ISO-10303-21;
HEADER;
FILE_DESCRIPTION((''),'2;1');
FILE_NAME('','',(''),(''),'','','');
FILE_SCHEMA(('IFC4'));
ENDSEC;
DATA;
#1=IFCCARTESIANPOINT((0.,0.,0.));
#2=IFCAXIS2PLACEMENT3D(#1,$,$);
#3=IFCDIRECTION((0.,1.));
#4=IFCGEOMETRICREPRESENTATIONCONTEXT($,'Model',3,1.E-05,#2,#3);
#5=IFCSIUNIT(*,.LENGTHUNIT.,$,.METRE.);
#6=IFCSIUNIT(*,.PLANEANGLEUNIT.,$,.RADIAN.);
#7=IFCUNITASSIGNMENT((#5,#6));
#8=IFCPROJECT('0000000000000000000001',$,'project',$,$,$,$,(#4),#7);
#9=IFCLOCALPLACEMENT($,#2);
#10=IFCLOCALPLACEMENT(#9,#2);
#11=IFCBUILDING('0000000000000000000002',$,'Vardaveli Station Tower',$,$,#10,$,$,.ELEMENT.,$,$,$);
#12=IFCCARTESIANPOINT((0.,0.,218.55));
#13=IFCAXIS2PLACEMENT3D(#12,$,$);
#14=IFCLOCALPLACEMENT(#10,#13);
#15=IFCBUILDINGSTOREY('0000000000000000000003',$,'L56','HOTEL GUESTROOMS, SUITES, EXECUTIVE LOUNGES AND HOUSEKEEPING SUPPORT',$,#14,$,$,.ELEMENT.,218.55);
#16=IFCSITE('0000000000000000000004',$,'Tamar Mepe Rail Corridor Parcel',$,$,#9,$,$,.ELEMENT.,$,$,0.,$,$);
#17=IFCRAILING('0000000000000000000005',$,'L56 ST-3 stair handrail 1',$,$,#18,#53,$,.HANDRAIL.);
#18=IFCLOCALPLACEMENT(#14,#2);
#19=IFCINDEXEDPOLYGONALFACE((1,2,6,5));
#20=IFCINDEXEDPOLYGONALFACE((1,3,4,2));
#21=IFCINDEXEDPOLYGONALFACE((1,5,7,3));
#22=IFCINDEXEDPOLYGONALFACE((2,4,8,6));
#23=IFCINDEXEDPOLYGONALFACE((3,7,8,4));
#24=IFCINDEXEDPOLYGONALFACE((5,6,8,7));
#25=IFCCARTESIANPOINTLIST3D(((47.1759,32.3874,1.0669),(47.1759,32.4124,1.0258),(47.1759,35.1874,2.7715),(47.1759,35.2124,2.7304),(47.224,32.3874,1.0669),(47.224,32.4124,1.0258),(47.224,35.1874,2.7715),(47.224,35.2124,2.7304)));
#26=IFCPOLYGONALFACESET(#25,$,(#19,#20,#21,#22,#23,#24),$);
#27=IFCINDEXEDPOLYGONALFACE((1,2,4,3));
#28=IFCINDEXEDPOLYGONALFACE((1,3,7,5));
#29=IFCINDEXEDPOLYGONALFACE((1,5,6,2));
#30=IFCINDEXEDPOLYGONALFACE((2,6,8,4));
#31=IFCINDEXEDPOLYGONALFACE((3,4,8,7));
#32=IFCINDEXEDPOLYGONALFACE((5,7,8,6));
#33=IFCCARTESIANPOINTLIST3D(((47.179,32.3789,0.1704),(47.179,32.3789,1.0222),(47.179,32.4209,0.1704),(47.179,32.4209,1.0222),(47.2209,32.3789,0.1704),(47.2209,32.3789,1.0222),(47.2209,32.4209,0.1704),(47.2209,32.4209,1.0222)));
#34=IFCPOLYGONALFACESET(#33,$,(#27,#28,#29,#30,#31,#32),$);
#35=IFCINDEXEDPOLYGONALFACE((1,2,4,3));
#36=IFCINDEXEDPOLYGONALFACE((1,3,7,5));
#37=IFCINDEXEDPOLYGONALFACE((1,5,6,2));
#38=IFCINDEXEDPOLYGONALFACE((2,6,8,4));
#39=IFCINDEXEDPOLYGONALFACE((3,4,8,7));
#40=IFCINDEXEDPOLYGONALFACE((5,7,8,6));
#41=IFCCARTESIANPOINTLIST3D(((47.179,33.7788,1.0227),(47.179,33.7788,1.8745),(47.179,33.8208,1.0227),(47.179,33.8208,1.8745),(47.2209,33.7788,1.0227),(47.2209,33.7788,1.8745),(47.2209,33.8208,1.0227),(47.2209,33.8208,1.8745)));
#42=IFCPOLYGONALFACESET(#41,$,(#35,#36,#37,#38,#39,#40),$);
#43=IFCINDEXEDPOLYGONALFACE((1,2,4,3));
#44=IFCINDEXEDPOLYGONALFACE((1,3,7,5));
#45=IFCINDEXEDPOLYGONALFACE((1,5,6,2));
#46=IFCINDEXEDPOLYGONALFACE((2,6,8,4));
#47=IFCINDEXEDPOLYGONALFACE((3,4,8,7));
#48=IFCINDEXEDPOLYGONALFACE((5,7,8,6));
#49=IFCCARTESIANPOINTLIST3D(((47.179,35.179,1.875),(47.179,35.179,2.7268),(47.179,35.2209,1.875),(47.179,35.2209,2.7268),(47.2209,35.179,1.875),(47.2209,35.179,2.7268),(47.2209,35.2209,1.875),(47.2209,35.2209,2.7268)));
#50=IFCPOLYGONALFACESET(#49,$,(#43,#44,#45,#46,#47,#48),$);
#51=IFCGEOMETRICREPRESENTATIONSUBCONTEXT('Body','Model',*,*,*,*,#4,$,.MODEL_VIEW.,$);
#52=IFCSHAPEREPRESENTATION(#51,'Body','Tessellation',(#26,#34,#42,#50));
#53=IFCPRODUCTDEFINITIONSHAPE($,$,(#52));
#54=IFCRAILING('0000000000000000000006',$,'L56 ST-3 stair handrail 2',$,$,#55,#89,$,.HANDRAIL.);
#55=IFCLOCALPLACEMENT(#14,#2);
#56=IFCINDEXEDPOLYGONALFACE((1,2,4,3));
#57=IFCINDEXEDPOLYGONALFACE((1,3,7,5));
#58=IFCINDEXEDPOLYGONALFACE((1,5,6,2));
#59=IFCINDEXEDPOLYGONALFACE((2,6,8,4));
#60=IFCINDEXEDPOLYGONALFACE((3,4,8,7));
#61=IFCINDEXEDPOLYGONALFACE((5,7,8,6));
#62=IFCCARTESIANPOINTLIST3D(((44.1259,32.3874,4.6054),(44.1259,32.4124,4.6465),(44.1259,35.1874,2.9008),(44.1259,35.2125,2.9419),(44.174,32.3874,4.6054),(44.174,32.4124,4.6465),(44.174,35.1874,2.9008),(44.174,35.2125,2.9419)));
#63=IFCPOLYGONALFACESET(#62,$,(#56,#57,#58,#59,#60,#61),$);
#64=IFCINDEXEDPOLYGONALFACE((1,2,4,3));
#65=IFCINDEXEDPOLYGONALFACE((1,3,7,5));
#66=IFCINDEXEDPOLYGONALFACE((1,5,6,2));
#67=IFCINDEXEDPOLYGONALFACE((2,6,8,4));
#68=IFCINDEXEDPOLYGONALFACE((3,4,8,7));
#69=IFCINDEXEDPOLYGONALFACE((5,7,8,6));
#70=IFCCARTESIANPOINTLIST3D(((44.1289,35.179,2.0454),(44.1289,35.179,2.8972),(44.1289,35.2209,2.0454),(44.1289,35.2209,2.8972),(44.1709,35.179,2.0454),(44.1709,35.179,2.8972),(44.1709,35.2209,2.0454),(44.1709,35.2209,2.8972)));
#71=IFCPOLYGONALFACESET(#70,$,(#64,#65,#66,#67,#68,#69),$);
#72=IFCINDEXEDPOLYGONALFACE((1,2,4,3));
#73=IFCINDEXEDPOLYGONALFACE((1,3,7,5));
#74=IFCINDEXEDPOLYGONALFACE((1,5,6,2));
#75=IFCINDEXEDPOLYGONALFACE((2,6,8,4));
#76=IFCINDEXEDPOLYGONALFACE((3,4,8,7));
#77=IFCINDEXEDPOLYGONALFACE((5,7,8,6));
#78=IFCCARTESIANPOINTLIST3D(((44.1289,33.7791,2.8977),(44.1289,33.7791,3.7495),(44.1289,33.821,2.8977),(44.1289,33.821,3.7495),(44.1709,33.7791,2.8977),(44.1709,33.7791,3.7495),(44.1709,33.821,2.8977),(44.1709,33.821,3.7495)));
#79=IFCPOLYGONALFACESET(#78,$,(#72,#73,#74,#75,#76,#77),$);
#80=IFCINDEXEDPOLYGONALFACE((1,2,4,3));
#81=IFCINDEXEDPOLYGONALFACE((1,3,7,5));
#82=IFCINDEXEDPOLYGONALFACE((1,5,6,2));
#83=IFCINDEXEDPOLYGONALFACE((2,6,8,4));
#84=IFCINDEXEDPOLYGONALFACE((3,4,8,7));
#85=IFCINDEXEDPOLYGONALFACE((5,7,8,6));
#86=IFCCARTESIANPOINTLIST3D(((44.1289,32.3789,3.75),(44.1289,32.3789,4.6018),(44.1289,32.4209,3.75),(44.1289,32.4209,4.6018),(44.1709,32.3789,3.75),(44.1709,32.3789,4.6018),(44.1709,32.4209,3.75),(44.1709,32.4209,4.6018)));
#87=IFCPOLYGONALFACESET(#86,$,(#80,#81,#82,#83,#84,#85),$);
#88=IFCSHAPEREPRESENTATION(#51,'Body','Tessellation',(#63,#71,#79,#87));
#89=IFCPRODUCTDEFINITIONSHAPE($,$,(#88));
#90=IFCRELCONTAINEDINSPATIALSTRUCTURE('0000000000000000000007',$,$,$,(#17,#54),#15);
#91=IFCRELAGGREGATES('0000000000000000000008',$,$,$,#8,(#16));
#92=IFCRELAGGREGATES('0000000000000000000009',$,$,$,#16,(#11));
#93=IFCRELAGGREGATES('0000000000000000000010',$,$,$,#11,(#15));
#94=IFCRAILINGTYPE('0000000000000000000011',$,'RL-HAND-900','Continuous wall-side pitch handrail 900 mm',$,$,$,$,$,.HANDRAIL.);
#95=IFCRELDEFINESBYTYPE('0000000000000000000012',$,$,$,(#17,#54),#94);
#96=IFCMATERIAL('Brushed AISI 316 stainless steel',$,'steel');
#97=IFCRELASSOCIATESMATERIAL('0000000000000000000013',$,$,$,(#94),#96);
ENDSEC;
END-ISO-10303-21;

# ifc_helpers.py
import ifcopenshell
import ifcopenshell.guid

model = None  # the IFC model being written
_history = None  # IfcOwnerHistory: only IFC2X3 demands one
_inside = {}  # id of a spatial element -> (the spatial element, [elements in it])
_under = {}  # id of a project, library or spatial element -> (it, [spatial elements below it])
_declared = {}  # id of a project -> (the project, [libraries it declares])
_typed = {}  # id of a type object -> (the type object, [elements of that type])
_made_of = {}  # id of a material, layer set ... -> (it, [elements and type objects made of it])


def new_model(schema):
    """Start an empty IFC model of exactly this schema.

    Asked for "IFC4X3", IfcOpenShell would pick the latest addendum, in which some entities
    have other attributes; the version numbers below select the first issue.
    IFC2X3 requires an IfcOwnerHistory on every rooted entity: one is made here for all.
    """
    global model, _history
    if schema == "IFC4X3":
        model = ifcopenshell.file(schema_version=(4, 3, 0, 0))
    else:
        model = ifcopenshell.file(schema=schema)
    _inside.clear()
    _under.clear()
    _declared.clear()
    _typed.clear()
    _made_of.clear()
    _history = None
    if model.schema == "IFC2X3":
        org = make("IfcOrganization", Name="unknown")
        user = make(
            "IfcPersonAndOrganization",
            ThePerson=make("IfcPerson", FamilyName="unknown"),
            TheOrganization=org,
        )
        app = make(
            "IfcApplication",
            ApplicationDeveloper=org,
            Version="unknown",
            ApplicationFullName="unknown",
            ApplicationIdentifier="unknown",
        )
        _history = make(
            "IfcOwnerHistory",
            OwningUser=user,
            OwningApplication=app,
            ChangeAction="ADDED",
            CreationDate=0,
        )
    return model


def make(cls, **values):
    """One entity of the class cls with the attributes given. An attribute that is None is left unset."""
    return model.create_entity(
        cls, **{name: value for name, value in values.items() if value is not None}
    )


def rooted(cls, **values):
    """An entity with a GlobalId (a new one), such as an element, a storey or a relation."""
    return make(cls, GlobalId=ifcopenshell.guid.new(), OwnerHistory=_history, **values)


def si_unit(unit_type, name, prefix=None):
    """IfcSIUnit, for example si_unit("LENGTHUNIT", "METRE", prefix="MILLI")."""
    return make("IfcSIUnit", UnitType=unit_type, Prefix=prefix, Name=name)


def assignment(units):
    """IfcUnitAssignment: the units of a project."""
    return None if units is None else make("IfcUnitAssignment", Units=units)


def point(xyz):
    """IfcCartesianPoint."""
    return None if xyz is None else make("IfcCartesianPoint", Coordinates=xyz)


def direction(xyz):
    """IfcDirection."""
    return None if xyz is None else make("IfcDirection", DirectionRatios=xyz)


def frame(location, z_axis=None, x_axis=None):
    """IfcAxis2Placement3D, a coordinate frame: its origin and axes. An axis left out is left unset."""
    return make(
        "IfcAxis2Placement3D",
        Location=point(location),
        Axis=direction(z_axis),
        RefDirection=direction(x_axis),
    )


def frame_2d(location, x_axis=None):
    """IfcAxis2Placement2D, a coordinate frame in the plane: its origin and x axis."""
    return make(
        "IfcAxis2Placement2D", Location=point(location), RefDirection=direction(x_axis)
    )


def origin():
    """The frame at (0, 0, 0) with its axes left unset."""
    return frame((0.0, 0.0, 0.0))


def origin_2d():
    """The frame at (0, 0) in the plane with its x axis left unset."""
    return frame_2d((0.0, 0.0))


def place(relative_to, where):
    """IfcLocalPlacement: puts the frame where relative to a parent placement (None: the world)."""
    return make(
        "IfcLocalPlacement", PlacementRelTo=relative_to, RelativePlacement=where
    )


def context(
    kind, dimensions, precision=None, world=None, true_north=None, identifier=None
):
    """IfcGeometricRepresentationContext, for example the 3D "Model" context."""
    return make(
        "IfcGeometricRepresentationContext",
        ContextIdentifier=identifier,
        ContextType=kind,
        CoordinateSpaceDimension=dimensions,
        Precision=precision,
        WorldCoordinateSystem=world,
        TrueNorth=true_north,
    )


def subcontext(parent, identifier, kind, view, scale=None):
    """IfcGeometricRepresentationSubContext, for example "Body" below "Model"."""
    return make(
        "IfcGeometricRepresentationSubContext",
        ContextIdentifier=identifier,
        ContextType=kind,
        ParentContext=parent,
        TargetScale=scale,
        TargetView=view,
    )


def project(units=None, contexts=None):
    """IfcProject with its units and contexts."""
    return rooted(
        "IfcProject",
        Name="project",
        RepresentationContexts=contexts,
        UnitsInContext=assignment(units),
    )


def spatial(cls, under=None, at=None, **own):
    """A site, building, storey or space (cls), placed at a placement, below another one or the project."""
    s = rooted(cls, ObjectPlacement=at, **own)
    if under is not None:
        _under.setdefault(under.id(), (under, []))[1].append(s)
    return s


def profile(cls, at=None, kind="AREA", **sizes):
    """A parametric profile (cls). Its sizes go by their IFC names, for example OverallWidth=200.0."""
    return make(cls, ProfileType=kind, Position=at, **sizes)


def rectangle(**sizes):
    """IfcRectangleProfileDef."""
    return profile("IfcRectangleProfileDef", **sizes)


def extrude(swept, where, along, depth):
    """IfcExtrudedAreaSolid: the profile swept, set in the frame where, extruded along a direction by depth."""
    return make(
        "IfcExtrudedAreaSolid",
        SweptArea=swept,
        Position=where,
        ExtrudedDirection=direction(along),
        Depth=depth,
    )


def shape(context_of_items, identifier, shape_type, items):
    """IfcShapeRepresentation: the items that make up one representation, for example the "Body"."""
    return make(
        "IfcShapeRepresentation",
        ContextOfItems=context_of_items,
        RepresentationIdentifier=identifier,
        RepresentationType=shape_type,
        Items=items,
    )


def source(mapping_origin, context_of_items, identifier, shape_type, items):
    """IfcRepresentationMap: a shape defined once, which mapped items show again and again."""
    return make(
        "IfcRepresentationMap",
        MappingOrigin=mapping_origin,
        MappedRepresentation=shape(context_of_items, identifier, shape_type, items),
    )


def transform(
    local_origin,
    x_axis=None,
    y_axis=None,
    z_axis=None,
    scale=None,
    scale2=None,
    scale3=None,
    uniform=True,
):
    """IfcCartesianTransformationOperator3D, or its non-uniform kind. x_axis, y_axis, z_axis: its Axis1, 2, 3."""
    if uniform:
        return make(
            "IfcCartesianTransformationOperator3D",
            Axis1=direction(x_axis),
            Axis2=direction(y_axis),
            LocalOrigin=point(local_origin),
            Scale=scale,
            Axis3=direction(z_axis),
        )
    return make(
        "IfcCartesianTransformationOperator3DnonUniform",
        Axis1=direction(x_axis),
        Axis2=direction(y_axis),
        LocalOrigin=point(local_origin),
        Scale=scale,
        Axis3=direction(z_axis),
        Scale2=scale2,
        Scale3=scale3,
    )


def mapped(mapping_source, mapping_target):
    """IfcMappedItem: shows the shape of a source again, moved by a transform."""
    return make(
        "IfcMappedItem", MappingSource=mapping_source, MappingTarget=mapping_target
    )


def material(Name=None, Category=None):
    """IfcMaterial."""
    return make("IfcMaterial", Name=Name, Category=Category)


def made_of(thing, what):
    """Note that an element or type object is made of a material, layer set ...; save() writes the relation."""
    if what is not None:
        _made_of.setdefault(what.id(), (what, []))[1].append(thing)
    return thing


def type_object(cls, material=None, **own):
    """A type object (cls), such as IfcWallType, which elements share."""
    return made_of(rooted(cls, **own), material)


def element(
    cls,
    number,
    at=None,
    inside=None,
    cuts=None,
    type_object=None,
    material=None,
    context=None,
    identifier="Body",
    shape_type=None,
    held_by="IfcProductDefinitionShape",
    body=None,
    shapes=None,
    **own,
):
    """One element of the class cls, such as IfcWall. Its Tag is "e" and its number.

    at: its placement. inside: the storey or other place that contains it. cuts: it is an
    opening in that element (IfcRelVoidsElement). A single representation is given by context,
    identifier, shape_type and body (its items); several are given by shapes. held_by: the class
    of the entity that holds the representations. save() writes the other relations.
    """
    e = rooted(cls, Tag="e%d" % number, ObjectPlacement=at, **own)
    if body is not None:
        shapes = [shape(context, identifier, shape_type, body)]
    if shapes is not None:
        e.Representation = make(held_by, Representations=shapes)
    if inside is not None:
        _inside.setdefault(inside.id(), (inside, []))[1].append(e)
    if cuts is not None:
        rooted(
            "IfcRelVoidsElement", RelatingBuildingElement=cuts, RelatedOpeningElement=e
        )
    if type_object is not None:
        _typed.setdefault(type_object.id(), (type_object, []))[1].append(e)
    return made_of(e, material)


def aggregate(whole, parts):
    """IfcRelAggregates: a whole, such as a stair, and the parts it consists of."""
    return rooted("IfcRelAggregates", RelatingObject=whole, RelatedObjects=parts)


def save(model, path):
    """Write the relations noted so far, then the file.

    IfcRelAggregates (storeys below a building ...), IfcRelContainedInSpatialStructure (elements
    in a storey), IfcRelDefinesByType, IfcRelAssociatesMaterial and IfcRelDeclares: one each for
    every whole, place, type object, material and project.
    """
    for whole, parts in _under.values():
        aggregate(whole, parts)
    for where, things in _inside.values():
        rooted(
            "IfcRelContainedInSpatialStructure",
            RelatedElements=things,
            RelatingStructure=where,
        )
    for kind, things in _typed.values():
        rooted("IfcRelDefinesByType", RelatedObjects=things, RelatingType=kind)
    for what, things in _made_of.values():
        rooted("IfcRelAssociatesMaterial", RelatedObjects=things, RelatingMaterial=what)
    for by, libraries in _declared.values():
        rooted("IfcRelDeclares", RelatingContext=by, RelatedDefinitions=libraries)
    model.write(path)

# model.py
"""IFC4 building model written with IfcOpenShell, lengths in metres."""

from ifc_helpers import new_model, si_unit, direction, frame, origin, origin_2d, place, context, subcontext, project, spatial, rectangle, extrude, source, transform, mapped, material, type_object, element, save


model = new_model("IFC4")

# Units and contexts
model_context = context("Model", 3, precision=1e-05, world=origin(), true_north=direction((0.0, 1.0)))
body_context = subcontext(model_context, "Body", "Model", "MODEL_VIEW")
ifc_project = project(units=[si_unit("LENGTHUNIT", "METRE"), si_unit("PLANEANGLEUNIT", "RADIAN")], contexts=[model_context])

# Site, building, storey
site_placement = place(None, origin())
site = spatial("IfcSite", under=ifc_project, at=site_placement, Name="Tamar Mepe Rail Corridor Parcel", CompositionType="ELEMENT", RefElevation=0.0)
building_placement = place(site_placement, origin())
building = spatial("IfcBuilding", under=site, at=building_placement, Name="Vardaveli Station Tower", CompositionType="ELEMENT")
storey_placement = place(building_placement, frame((0.0, 0.0, 218.55)))
storey = spatial("IfcBuildingStorey", under=building, at=storey_placement, Name="L56", Description="HOTEL GUESTROOMS, SUITES, EXECUTIVE LOUNGES AND HOUSEKEEPING SUPPORT", CompositionType="ELEMENT", Elevation=218.55)

# Railings
ifc_material_1 = material(Name="Brushed AISI 316 stainless steel", Category="steel")
railing_type_1 = type_object("IfcRailingType", Name="RL-HAND-900", Description="Continuous wall-side pitch handrail 900 mm", PredefinedType="HANDRAIL", material=ifc_material_1)
shared_shape_1 = source(origin(), body_context, "Body", "SweptSolid", [
    extrude(rectangle(XDim=0.0481, YDim=0.0481, at=origin_2d()), frame((0.0, 0.0, 0.876), z_axis=(0.0, 0.85417, 0.519994), x_axis=(-1.0, 0.0, 0.0)), (0.0, 0.0, 1.0), 3.2781),
    extrude(rectangle(XDim=0.042, YDim=0.042, at=origin_2d()), origin(), (0.0, 0.0, 1.0), 0.8518),
    extrude(rectangle(XDim=0.042, YDim=0.042, at=origin_2d()), frame((0.0, 1.3999, 0.8523)), (0.0, 0.0, 1.0), 0.8518),
    extrude(rectangle(XDim=0.042, YDim=0.042, at=origin_2d()), frame((0.0, 2.8, 1.7046)), (0.0, 0.0, 1.0), 0.8518),
])
railing_1_placement = place(storey_placement, frame((47.2, 32.3999, 0.1704)))
element("IfcRailing", 1, at=railing_1_placement, inside=storey, type_object=railing_type_1, Name="L56 ST-3 stair handrail 1", PredefinedType="HANDRAIL", context=body_context, shape_type="MappedRepresentation", body=[
    mapped(shared_shape_1, transform((0.0, 0.0, 0.0), scale=1.0)),
])
shared_shape_2 = source(origin(), body_context, "Body", "SweptSolid", [
    extrude(rectangle(XDim=0.0481, YDim=0.0481, at=origin_2d()), frame((0.0, 0.0, 0.876), z_axis=(0.0, -0.85417, 0.519994), x_axis=(1.0, 0.0, 0.0)), (0.0, 0.0, 1.0), 3.2781),
    extrude(rectangle(XDim=0.042, YDim=0.042, at=origin_2d()), origin(), (0.0, 0.0, 1.0), 0.8518),
    extrude(rectangle(XDim=0.042, YDim=0.042, at=origin_2d()), frame((0.0, -1.3999, 0.8523)), (0.0, 0.0, 1.0), 0.8518),
    extrude(rectangle(XDim=0.042, YDim=0.042, at=origin_2d()), frame((0.0, -2.8, 1.7046)), (0.0, 0.0, 1.0), 0.8518),
])
railing_2_placement = place(storey_placement, frame((44.1499, 35.2, 2.0454)))
element("IfcRailing", 2, at=railing_2_placement, inside=storey, type_object=railing_type_1, Name="L56 ST-3 stair handrail 2", PredefinedType="HANDRAIL", context=body_context, shape_type="MappedRepresentation", body=[
    mapped(shared_shape_2, transform((0.0, 0.0, 0.0), scale=1.0)),
])

save(model, "model.ifc")
